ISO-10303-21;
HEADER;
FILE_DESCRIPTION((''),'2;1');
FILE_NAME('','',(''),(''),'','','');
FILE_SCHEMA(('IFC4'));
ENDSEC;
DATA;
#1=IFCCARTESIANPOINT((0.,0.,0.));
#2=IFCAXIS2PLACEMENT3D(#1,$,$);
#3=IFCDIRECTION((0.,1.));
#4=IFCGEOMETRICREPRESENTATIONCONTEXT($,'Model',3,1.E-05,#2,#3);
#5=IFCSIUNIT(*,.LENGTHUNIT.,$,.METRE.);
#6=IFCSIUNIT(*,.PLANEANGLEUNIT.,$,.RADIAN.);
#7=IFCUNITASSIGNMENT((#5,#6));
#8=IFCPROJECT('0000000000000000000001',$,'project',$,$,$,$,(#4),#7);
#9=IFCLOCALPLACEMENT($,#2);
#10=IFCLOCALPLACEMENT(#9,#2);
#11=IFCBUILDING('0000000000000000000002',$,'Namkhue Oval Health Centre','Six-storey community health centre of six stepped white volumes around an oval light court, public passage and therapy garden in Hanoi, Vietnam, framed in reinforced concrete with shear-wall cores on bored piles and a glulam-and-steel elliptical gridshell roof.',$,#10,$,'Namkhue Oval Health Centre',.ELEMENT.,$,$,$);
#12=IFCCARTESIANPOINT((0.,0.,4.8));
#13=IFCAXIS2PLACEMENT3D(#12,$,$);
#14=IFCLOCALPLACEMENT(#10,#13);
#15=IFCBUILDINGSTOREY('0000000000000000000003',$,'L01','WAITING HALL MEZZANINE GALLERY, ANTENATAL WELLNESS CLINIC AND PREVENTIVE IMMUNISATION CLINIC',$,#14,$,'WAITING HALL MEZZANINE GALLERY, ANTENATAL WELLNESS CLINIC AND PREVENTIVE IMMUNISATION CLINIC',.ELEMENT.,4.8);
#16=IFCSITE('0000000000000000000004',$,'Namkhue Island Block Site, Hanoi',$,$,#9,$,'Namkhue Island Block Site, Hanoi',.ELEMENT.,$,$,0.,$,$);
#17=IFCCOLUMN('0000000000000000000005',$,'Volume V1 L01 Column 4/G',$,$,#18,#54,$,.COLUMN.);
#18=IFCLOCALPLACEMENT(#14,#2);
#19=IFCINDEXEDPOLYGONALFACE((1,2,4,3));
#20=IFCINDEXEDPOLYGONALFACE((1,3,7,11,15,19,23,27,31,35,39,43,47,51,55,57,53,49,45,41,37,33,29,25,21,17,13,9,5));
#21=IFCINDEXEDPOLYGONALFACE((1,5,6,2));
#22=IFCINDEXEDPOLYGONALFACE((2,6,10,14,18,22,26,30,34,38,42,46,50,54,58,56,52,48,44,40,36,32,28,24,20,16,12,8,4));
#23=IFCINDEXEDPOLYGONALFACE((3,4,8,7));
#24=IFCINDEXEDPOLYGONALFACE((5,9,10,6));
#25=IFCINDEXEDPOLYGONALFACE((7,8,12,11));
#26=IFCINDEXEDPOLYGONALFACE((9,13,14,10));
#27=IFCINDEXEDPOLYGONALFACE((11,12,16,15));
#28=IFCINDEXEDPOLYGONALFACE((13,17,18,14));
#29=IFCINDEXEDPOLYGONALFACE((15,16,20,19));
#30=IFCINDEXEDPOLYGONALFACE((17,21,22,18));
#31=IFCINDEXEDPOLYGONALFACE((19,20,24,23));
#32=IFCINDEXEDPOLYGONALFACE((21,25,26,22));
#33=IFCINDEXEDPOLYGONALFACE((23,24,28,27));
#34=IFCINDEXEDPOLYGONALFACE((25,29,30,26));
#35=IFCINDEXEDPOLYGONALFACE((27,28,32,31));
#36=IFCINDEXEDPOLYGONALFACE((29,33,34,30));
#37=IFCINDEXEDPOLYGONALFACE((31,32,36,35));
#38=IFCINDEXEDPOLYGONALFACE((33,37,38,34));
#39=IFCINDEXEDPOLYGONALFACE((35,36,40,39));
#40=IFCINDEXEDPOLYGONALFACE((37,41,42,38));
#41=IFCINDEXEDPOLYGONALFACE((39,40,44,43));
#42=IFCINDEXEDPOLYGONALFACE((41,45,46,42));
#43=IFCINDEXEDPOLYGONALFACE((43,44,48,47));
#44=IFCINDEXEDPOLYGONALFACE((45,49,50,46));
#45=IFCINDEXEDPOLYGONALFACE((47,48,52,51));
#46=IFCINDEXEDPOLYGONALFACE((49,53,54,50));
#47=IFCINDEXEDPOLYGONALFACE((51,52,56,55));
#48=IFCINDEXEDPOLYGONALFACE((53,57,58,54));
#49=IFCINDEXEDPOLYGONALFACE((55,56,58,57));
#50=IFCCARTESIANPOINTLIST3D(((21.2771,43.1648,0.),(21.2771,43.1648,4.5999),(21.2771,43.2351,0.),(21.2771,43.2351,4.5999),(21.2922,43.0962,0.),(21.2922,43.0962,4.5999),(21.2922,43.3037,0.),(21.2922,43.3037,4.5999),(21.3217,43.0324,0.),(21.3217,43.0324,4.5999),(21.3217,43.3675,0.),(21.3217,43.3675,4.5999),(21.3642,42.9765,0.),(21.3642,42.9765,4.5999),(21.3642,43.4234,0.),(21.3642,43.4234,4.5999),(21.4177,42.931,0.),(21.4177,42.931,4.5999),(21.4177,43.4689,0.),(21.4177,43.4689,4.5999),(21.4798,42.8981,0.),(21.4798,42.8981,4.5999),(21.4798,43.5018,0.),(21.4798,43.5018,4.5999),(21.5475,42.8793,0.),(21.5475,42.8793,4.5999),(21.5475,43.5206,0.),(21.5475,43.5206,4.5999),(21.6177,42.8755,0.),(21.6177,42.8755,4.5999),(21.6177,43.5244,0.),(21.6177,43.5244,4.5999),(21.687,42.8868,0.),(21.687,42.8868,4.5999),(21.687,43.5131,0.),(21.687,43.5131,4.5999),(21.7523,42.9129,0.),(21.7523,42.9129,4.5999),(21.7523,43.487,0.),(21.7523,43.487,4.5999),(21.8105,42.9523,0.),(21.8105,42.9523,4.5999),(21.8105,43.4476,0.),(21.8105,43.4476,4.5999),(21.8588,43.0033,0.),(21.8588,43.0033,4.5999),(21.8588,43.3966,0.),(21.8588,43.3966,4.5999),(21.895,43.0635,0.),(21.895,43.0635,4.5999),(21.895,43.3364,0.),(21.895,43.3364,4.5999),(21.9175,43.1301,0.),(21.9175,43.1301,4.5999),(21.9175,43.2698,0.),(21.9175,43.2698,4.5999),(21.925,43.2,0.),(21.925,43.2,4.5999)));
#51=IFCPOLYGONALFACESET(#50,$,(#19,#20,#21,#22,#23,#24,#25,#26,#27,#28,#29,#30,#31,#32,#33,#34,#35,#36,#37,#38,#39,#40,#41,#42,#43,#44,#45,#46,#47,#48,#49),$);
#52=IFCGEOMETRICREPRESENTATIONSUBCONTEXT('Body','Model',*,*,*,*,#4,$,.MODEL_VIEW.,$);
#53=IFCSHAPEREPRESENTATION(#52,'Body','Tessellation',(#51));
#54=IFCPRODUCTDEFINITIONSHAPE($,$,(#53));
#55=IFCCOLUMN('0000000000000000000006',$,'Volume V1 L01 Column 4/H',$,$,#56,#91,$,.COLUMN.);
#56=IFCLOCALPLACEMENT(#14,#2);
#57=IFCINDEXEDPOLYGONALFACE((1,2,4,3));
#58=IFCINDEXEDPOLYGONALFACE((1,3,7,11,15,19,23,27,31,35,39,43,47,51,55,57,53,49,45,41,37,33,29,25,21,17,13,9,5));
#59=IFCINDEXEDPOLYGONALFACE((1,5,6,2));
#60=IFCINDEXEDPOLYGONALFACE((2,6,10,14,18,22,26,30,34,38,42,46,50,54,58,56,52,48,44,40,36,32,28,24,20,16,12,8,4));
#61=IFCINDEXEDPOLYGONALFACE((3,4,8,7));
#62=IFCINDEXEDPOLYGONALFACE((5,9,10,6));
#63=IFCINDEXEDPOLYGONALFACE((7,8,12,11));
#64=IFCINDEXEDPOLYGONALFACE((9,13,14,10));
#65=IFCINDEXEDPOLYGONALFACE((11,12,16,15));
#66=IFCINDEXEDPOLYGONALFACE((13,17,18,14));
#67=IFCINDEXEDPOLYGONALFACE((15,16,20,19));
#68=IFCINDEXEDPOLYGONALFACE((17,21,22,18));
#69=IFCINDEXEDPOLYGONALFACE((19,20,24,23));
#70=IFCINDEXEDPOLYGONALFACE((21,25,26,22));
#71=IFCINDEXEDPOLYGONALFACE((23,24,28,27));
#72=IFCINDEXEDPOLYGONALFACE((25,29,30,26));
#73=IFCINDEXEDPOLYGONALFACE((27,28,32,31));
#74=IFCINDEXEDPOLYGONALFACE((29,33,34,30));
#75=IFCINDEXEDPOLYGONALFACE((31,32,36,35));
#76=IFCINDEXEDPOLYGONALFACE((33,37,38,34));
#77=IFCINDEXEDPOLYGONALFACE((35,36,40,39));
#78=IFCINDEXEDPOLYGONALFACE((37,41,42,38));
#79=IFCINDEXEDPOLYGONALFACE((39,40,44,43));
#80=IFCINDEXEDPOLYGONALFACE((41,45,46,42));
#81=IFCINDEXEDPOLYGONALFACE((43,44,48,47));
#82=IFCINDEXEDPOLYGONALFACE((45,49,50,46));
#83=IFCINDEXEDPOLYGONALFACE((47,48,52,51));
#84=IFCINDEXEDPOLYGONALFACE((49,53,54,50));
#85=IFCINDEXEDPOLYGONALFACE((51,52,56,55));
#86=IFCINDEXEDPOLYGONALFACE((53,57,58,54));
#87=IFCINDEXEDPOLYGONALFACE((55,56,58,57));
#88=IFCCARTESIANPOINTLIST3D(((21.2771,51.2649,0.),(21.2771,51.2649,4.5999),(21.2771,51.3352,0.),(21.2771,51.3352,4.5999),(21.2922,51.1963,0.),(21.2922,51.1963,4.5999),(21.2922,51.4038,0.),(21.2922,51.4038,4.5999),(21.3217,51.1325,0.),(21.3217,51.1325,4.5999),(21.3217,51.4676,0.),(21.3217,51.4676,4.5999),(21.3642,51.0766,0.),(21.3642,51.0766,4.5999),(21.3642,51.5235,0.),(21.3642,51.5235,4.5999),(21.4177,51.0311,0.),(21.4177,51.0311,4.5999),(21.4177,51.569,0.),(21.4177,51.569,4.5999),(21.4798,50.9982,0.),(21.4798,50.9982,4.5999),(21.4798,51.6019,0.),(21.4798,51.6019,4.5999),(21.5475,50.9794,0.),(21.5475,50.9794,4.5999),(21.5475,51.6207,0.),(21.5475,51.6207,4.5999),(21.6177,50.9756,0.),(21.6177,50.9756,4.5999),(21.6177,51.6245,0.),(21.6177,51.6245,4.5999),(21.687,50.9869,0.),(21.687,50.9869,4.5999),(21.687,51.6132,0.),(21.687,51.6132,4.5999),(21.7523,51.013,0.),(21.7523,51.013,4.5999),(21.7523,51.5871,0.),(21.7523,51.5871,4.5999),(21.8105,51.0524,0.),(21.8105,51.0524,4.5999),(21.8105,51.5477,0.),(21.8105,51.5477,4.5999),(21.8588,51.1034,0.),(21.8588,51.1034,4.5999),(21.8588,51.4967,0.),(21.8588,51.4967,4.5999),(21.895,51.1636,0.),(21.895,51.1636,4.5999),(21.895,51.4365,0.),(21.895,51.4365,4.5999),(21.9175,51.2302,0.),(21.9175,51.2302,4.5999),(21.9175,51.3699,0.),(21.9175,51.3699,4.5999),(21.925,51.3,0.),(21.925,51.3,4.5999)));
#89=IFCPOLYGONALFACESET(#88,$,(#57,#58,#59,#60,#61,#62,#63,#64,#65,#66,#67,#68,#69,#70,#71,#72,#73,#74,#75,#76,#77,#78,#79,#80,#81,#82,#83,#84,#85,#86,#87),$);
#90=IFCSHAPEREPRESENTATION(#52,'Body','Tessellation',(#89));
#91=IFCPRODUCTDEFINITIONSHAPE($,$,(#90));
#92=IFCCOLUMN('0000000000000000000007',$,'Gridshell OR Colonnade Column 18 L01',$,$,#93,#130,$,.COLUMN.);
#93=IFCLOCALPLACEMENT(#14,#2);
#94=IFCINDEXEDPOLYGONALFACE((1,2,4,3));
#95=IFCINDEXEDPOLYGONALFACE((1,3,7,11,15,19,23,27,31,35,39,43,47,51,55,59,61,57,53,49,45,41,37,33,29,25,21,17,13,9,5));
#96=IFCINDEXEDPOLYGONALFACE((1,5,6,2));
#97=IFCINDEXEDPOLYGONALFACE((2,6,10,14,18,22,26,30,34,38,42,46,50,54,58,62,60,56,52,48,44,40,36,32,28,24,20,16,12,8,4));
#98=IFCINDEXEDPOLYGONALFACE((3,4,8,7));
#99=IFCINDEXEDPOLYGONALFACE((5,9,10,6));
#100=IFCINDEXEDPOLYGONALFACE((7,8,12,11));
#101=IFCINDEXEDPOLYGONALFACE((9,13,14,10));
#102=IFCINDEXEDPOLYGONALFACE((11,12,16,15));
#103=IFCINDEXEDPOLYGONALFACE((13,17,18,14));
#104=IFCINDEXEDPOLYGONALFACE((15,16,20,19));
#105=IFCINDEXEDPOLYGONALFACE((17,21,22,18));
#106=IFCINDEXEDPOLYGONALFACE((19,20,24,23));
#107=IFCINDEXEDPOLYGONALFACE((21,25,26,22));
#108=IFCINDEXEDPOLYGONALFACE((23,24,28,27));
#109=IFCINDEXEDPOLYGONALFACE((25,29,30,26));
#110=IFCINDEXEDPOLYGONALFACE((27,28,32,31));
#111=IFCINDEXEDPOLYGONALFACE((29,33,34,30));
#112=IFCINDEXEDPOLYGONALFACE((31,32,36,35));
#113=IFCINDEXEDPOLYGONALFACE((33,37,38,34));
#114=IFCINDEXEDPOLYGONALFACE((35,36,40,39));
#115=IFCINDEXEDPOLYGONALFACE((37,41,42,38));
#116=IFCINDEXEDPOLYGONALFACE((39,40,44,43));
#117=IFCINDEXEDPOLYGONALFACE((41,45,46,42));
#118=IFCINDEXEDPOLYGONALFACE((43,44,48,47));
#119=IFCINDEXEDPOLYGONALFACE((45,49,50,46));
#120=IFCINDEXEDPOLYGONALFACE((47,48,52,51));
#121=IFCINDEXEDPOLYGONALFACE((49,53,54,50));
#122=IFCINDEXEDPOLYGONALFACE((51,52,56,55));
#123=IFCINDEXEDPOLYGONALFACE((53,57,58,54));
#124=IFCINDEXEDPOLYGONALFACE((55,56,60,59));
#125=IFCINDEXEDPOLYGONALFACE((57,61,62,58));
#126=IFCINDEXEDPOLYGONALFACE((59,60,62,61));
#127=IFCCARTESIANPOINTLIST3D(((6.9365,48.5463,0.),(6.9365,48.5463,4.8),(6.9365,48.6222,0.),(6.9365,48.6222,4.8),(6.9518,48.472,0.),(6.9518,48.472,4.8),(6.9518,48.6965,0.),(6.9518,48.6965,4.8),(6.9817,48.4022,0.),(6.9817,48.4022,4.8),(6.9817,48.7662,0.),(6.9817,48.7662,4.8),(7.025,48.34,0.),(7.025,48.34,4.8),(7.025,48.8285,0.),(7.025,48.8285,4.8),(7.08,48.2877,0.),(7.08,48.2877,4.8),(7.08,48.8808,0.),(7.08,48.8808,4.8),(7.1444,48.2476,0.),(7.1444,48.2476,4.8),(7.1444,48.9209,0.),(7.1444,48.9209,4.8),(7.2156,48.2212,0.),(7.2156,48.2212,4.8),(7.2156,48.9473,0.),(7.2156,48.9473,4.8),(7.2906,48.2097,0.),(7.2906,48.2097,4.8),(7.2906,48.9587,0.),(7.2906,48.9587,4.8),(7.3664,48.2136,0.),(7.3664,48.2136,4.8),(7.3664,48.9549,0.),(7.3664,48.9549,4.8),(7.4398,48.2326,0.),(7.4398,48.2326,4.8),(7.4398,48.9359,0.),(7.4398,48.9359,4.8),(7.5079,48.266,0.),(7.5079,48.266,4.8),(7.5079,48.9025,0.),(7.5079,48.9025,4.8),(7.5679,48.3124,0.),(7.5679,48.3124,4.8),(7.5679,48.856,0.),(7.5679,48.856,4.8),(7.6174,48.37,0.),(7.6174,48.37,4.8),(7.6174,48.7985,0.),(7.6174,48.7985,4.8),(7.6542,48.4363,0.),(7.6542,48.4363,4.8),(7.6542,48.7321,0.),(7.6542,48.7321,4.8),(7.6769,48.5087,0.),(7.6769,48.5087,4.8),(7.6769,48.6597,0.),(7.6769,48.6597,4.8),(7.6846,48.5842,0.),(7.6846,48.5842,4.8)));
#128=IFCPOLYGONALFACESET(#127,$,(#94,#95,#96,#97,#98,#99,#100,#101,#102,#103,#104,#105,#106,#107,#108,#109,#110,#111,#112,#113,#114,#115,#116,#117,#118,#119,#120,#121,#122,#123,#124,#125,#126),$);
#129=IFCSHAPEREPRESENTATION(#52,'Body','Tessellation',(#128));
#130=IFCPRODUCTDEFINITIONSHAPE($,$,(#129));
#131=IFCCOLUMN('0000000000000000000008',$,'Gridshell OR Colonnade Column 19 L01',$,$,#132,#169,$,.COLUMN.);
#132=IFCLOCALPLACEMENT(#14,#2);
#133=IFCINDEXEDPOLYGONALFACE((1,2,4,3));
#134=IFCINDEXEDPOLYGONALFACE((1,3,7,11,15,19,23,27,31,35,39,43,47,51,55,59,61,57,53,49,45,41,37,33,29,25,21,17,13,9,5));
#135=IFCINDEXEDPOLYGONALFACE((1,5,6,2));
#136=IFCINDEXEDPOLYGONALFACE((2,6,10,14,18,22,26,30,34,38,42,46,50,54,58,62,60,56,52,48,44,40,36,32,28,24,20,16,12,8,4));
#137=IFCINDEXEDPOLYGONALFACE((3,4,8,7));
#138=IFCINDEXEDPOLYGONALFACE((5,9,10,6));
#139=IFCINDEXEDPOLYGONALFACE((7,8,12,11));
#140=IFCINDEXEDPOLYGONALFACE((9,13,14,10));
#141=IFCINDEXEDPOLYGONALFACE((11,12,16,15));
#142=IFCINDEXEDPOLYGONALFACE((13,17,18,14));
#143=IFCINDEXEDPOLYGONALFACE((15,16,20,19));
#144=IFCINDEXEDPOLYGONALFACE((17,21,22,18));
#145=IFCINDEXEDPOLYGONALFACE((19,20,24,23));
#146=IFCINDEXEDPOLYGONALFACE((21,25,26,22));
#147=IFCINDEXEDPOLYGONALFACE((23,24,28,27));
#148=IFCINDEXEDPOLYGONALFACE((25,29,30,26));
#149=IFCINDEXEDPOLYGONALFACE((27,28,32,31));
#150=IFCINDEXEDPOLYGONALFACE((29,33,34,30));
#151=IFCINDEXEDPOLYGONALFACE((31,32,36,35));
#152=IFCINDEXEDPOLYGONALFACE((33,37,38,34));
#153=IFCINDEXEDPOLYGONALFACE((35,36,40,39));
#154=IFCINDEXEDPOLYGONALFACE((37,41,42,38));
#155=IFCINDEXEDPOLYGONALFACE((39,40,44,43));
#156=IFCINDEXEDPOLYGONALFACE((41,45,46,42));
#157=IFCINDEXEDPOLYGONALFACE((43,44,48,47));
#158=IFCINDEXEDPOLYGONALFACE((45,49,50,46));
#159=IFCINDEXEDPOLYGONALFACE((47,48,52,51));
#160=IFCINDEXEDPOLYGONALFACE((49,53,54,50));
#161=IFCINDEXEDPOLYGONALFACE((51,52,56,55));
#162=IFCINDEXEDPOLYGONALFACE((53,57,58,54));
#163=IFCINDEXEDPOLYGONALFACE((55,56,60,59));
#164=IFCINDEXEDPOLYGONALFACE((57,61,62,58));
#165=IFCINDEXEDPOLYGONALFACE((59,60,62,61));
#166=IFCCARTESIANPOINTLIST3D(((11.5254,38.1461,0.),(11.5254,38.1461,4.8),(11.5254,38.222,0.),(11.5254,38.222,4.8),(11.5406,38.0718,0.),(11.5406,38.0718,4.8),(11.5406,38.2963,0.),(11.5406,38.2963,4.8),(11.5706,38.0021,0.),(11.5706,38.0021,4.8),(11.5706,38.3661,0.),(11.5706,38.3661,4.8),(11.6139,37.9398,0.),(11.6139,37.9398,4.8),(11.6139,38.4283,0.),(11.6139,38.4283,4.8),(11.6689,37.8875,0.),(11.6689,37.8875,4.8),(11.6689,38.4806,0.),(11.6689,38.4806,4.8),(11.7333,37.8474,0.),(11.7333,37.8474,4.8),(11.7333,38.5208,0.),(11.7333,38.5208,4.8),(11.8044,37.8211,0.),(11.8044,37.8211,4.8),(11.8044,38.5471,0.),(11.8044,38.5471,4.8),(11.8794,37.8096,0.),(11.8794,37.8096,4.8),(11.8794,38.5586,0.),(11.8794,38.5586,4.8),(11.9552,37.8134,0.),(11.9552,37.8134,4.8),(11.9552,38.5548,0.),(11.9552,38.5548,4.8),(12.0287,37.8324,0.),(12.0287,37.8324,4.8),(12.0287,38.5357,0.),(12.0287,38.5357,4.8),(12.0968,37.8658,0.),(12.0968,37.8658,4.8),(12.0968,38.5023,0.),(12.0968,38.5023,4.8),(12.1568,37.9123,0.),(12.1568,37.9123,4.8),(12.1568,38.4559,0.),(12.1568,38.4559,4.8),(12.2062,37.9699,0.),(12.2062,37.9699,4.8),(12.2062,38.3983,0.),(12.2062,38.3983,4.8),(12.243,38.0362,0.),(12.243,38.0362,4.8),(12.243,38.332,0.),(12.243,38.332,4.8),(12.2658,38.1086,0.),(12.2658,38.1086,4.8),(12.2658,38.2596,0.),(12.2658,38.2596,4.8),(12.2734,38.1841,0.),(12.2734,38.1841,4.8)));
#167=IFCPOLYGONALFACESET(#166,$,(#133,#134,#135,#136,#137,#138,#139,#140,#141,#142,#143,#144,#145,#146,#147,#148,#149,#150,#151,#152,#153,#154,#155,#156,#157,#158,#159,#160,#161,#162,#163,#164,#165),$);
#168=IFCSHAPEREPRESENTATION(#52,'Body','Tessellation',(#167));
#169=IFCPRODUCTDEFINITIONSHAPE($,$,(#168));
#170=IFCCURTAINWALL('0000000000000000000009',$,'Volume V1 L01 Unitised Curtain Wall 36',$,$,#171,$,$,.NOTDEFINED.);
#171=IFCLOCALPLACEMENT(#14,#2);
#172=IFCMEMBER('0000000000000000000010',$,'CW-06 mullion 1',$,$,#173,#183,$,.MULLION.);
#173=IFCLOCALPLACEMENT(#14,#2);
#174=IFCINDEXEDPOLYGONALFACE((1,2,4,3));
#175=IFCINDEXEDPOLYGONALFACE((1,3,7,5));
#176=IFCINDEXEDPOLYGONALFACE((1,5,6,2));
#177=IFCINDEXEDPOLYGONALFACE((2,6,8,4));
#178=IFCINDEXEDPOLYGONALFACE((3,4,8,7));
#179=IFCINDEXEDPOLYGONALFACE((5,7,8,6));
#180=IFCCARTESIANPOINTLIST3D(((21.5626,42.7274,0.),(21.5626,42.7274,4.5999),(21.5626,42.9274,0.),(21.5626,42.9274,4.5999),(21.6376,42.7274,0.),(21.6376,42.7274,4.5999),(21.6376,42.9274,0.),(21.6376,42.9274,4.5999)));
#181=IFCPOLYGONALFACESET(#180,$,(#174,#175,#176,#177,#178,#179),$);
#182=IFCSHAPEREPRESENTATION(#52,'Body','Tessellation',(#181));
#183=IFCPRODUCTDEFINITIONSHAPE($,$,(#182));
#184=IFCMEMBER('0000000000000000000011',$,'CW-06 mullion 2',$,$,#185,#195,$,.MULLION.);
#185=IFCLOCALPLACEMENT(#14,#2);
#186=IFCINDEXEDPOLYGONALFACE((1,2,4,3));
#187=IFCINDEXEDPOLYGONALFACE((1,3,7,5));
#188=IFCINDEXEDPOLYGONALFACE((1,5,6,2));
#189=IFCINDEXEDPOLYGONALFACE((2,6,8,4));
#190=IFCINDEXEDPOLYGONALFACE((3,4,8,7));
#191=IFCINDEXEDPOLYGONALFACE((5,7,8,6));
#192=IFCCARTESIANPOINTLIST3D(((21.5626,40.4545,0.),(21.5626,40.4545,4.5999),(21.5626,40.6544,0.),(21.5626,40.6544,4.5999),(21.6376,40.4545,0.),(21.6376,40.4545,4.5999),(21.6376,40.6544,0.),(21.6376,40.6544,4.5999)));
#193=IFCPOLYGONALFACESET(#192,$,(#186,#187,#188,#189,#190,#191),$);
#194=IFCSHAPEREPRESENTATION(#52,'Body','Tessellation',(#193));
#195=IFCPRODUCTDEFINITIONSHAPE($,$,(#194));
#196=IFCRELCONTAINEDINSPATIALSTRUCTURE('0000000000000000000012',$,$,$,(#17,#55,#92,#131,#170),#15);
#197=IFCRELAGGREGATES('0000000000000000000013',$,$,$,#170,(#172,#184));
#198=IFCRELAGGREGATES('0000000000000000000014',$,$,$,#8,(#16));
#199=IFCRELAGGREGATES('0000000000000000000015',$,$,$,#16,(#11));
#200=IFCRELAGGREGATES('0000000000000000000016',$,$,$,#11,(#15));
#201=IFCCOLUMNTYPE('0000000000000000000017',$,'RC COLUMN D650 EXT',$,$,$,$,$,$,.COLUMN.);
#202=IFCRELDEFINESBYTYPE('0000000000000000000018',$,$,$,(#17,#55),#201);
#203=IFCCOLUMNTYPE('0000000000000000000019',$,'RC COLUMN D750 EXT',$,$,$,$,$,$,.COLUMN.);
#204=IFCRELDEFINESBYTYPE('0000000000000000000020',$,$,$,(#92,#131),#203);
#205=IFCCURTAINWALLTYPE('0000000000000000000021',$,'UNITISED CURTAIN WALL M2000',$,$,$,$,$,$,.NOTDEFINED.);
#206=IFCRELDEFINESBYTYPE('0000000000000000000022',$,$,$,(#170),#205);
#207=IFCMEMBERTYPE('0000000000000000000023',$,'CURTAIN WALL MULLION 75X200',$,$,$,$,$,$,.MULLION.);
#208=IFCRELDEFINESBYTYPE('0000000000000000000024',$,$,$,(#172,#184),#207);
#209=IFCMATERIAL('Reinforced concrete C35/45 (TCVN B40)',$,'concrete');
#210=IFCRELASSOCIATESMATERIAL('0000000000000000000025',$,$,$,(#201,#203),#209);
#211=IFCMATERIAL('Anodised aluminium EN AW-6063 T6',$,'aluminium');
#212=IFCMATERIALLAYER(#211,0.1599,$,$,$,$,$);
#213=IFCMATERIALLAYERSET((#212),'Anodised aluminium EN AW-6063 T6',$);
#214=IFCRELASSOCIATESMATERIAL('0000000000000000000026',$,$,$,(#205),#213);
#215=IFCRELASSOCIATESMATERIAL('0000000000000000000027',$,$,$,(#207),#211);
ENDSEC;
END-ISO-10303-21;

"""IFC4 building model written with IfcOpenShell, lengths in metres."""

from ifc_helpers import new_model, si_unit, direction, frame, origin, origin_2d, place, context, subcontext, project, spatial, rectangle, circle, extrude, material, layer, layer_set, material_profile, profile_set, type_object, element, aggregate, save


model = new_model("IFC4")

# Units and contexts
model_context = context("Model", 3, precision=1e-05, world=origin(), true_north=direction((0.0, 1.0)))
body_context = subcontext(model_context, "Body", "Model", "MODEL_VIEW")
ifc_project = project(units=[si_unit("LENGTHUNIT", "METRE"), si_unit("PLANEANGLEUNIT", "RADIAN")], contexts=[model_context])

# Site, building, storey
site_placement = place(None, origin())
site = spatial("IfcSite", under=ifc_project, at=site_placement, Name="Namkhue Island Block Site, Hanoi", LongName="Namkhue Island Block Site, Hanoi", CompositionType="ELEMENT", RefElevation=0.0)
building_placement = place(site_placement, origin())
building = spatial("IfcBuilding", under=site, at=building_placement, Name="Namkhue Oval Health Centre", Description="Six-storey community health centre of six stepped white volumes around an oval light court, public passage and therapy garden in Hanoi, Vietnam, framed in reinforced concrete with shear-wall cores on bored piles and a glulam-and-steel elliptical gridshell roof.", LongName="Namkhue Oval Health Centre", CompositionType="ELEMENT")
storey_placement = place(building_placement, frame((0.0, 0.0, 4.8)))
storey = spatial("IfcBuildingStorey", under=building, at=storey_placement, Name="L01", Description="WAITING HALL MEZZANINE GALLERY, ANTENATAL WELLNESS CLINIC AND PREVENTIVE IMMUNISATION CLINIC", LongName="WAITING HALL MEZZANINE GALLERY, ANTENATAL WELLNESS CLINIC AND PREVENTIVE IMMUNISATION CLINIC", CompositionType="ELEMENT", Elevation=4.8)

# Columns
ifc_material_1 = material(Name="Reinforced concrete C35/45 (TCVN B40)", Category="concrete")
ifc_material_profile_1 = material_profile(ifc_material_1, circle(Radius=0.325, at=origin_2d()), Name="RC D650")
ifc_profile_set_1 = profile_set([ifc_material_profile_1], Name="Reinforced concrete C35/45 (TCVN B40)")
column_type_1 = type_object("IfcColumnType", Name="RC COLUMN D650 EXT", PredefinedType="COLUMN", material=ifc_profile_set_1)
for number, where, z_axis, x_axis, name in (
    (1, (21.6001, 43.2, 0.0), (0.0, 0.0, 1.0), (1.0, 0.0, 0.0), "Volume V1 L01 Column 4/G"),
    (2, (21.6001, 51.3, 0.0), (0.0, 0.0, 1.0), (1.0, 0.0, 0.0), "Volume V1 L01 Column 4/H"),
):
    element("IfcColumn", number, at=place(storey_placement, frame(where, z_axis=z_axis, x_axis=x_axis)), inside=storey, type_object=column_type_1, Name=name, PredefinedType="COLUMN", context=body_context, shape_type="SweptSolid", body=[
        extrude(circle(Radius=0.325, at=origin_2d()), origin(), (0.0, 0.0, 1.0), 4.5999),
    ])
ifc_material_profile_2 = material_profile(ifc_material_1, circle(Radius=0.375, at=origin_2d()), Name="RC D750")
ifc_profile_set_2 = profile_set([ifc_material_profile_2], Name="Reinforced concrete C35/45 (TCVN B40)")
column_type_2 = type_object("IfcColumnType", Name="RC COLUMN D750 EXT", PredefinedType="COLUMN", material=ifc_profile_set_2)
for number, where, z_axis, x_axis, name in (
    (3, (7.3096, 48.5842, 0.0), (0.0, 0.0, 1.0), (1.0, 0.0, 0.0), "Gridshell OR Colonnade Column 18 L01"),
    (4, (11.8984, 38.1841, 0.0), (0.0, 0.0, 1.0), (1.0, 0.0, 0.0), "Gridshell OR Colonnade Column 19 L01"),
):
    element("IfcColumn", number, at=place(storey_placement, frame(where, z_axis=z_axis, x_axis=x_axis)), inside=storey, type_object=column_type_2, Name=name, PredefinedType="COLUMN", context=body_context, shape_type="SweptSolid", body=[
        extrude(circle(Radius=0.375, at=origin_2d()), origin(), (0.0, 0.0, 1.0), 4.8),
    ])

# Curtain wall, members
ifc_material_2 = material(Name="Anodised aluminium EN AW-6063 T6", Category="aluminium")
ifc_layer_1 = layer(ifc_material_2, 0.1599)
ifc_layer_set_1 = layer_set([ifc_layer_1], Name="Anodised aluminium EN AW-6063 T6")
curtain_wall_type = type_object("IfcCurtainWallType", Name="UNITISED CURTAIN WALL M2000", PredefinedType="NOTDEFINED", material=ifc_layer_set_1)
curtain_wall_placement = place(storey_placement, origin())
curtain_wall = element("IfcCurtainWall", 5, at=curtain_wall_placement, inside=storey, type_object=curtain_wall_type, Name="Volume V1 L01 Unitised Curtain Wall 36", PredefinedType="NOTDEFINED")
ifc_material_profile_3 = material_profile(ifc_material_2, rectangle(XDim=0.075, YDim=0.2, at=origin_2d()), Name="ALU 75x200")
ifc_profile_set_3 = profile_set([ifc_material_profile_3], Name="Anodised aluminium EN AW-6063 T6")
member_type_1 = type_object("IfcMemberType", Name="CURTAIN WALL MULLION 75X200", PredefinedType="MULLION", material=ifc_profile_set_3)
member_1_placement = place(storey_placement, frame((21.6001, 42.8274, 0.0), z_axis=(0.0, 0.0, 1.0), x_axis=(1.0, 0.0, 0.0)))
member_1 = element("IfcMember", 6, at=member_1_placement, type_object=member_type_1, Name="CW-06 mullion 1", PredefinedType="MULLION", context=body_context, shape_type="SweptSolid", body=[
    extrude(rectangle(XDim=0.075, YDim=0.2, at=origin_2d()), origin(), (0.0, 0.0, 1.0), 4.5999),
])
member_2_placement = place(storey_placement, frame((21.6001, 40.5544, 0.0), z_axis=(0.0, 0.0, 1.0), x_axis=(1.0, 0.0, 0.0)))
member_2 = element("IfcMember", 7, at=member_2_placement, type_object=member_type_1, Name="CW-06 mullion 2", PredefinedType="MULLION", context=body_context, shape_type="SweptSolid", body=[
    extrude(rectangle(XDim=0.075, YDim=0.2, at=origin_2d()), origin(), (0.0, 0.0, 1.0), 4.5999),
])

aggregate(curtain_wall, [member_1, member_2])

save(model, "model.ifc")
